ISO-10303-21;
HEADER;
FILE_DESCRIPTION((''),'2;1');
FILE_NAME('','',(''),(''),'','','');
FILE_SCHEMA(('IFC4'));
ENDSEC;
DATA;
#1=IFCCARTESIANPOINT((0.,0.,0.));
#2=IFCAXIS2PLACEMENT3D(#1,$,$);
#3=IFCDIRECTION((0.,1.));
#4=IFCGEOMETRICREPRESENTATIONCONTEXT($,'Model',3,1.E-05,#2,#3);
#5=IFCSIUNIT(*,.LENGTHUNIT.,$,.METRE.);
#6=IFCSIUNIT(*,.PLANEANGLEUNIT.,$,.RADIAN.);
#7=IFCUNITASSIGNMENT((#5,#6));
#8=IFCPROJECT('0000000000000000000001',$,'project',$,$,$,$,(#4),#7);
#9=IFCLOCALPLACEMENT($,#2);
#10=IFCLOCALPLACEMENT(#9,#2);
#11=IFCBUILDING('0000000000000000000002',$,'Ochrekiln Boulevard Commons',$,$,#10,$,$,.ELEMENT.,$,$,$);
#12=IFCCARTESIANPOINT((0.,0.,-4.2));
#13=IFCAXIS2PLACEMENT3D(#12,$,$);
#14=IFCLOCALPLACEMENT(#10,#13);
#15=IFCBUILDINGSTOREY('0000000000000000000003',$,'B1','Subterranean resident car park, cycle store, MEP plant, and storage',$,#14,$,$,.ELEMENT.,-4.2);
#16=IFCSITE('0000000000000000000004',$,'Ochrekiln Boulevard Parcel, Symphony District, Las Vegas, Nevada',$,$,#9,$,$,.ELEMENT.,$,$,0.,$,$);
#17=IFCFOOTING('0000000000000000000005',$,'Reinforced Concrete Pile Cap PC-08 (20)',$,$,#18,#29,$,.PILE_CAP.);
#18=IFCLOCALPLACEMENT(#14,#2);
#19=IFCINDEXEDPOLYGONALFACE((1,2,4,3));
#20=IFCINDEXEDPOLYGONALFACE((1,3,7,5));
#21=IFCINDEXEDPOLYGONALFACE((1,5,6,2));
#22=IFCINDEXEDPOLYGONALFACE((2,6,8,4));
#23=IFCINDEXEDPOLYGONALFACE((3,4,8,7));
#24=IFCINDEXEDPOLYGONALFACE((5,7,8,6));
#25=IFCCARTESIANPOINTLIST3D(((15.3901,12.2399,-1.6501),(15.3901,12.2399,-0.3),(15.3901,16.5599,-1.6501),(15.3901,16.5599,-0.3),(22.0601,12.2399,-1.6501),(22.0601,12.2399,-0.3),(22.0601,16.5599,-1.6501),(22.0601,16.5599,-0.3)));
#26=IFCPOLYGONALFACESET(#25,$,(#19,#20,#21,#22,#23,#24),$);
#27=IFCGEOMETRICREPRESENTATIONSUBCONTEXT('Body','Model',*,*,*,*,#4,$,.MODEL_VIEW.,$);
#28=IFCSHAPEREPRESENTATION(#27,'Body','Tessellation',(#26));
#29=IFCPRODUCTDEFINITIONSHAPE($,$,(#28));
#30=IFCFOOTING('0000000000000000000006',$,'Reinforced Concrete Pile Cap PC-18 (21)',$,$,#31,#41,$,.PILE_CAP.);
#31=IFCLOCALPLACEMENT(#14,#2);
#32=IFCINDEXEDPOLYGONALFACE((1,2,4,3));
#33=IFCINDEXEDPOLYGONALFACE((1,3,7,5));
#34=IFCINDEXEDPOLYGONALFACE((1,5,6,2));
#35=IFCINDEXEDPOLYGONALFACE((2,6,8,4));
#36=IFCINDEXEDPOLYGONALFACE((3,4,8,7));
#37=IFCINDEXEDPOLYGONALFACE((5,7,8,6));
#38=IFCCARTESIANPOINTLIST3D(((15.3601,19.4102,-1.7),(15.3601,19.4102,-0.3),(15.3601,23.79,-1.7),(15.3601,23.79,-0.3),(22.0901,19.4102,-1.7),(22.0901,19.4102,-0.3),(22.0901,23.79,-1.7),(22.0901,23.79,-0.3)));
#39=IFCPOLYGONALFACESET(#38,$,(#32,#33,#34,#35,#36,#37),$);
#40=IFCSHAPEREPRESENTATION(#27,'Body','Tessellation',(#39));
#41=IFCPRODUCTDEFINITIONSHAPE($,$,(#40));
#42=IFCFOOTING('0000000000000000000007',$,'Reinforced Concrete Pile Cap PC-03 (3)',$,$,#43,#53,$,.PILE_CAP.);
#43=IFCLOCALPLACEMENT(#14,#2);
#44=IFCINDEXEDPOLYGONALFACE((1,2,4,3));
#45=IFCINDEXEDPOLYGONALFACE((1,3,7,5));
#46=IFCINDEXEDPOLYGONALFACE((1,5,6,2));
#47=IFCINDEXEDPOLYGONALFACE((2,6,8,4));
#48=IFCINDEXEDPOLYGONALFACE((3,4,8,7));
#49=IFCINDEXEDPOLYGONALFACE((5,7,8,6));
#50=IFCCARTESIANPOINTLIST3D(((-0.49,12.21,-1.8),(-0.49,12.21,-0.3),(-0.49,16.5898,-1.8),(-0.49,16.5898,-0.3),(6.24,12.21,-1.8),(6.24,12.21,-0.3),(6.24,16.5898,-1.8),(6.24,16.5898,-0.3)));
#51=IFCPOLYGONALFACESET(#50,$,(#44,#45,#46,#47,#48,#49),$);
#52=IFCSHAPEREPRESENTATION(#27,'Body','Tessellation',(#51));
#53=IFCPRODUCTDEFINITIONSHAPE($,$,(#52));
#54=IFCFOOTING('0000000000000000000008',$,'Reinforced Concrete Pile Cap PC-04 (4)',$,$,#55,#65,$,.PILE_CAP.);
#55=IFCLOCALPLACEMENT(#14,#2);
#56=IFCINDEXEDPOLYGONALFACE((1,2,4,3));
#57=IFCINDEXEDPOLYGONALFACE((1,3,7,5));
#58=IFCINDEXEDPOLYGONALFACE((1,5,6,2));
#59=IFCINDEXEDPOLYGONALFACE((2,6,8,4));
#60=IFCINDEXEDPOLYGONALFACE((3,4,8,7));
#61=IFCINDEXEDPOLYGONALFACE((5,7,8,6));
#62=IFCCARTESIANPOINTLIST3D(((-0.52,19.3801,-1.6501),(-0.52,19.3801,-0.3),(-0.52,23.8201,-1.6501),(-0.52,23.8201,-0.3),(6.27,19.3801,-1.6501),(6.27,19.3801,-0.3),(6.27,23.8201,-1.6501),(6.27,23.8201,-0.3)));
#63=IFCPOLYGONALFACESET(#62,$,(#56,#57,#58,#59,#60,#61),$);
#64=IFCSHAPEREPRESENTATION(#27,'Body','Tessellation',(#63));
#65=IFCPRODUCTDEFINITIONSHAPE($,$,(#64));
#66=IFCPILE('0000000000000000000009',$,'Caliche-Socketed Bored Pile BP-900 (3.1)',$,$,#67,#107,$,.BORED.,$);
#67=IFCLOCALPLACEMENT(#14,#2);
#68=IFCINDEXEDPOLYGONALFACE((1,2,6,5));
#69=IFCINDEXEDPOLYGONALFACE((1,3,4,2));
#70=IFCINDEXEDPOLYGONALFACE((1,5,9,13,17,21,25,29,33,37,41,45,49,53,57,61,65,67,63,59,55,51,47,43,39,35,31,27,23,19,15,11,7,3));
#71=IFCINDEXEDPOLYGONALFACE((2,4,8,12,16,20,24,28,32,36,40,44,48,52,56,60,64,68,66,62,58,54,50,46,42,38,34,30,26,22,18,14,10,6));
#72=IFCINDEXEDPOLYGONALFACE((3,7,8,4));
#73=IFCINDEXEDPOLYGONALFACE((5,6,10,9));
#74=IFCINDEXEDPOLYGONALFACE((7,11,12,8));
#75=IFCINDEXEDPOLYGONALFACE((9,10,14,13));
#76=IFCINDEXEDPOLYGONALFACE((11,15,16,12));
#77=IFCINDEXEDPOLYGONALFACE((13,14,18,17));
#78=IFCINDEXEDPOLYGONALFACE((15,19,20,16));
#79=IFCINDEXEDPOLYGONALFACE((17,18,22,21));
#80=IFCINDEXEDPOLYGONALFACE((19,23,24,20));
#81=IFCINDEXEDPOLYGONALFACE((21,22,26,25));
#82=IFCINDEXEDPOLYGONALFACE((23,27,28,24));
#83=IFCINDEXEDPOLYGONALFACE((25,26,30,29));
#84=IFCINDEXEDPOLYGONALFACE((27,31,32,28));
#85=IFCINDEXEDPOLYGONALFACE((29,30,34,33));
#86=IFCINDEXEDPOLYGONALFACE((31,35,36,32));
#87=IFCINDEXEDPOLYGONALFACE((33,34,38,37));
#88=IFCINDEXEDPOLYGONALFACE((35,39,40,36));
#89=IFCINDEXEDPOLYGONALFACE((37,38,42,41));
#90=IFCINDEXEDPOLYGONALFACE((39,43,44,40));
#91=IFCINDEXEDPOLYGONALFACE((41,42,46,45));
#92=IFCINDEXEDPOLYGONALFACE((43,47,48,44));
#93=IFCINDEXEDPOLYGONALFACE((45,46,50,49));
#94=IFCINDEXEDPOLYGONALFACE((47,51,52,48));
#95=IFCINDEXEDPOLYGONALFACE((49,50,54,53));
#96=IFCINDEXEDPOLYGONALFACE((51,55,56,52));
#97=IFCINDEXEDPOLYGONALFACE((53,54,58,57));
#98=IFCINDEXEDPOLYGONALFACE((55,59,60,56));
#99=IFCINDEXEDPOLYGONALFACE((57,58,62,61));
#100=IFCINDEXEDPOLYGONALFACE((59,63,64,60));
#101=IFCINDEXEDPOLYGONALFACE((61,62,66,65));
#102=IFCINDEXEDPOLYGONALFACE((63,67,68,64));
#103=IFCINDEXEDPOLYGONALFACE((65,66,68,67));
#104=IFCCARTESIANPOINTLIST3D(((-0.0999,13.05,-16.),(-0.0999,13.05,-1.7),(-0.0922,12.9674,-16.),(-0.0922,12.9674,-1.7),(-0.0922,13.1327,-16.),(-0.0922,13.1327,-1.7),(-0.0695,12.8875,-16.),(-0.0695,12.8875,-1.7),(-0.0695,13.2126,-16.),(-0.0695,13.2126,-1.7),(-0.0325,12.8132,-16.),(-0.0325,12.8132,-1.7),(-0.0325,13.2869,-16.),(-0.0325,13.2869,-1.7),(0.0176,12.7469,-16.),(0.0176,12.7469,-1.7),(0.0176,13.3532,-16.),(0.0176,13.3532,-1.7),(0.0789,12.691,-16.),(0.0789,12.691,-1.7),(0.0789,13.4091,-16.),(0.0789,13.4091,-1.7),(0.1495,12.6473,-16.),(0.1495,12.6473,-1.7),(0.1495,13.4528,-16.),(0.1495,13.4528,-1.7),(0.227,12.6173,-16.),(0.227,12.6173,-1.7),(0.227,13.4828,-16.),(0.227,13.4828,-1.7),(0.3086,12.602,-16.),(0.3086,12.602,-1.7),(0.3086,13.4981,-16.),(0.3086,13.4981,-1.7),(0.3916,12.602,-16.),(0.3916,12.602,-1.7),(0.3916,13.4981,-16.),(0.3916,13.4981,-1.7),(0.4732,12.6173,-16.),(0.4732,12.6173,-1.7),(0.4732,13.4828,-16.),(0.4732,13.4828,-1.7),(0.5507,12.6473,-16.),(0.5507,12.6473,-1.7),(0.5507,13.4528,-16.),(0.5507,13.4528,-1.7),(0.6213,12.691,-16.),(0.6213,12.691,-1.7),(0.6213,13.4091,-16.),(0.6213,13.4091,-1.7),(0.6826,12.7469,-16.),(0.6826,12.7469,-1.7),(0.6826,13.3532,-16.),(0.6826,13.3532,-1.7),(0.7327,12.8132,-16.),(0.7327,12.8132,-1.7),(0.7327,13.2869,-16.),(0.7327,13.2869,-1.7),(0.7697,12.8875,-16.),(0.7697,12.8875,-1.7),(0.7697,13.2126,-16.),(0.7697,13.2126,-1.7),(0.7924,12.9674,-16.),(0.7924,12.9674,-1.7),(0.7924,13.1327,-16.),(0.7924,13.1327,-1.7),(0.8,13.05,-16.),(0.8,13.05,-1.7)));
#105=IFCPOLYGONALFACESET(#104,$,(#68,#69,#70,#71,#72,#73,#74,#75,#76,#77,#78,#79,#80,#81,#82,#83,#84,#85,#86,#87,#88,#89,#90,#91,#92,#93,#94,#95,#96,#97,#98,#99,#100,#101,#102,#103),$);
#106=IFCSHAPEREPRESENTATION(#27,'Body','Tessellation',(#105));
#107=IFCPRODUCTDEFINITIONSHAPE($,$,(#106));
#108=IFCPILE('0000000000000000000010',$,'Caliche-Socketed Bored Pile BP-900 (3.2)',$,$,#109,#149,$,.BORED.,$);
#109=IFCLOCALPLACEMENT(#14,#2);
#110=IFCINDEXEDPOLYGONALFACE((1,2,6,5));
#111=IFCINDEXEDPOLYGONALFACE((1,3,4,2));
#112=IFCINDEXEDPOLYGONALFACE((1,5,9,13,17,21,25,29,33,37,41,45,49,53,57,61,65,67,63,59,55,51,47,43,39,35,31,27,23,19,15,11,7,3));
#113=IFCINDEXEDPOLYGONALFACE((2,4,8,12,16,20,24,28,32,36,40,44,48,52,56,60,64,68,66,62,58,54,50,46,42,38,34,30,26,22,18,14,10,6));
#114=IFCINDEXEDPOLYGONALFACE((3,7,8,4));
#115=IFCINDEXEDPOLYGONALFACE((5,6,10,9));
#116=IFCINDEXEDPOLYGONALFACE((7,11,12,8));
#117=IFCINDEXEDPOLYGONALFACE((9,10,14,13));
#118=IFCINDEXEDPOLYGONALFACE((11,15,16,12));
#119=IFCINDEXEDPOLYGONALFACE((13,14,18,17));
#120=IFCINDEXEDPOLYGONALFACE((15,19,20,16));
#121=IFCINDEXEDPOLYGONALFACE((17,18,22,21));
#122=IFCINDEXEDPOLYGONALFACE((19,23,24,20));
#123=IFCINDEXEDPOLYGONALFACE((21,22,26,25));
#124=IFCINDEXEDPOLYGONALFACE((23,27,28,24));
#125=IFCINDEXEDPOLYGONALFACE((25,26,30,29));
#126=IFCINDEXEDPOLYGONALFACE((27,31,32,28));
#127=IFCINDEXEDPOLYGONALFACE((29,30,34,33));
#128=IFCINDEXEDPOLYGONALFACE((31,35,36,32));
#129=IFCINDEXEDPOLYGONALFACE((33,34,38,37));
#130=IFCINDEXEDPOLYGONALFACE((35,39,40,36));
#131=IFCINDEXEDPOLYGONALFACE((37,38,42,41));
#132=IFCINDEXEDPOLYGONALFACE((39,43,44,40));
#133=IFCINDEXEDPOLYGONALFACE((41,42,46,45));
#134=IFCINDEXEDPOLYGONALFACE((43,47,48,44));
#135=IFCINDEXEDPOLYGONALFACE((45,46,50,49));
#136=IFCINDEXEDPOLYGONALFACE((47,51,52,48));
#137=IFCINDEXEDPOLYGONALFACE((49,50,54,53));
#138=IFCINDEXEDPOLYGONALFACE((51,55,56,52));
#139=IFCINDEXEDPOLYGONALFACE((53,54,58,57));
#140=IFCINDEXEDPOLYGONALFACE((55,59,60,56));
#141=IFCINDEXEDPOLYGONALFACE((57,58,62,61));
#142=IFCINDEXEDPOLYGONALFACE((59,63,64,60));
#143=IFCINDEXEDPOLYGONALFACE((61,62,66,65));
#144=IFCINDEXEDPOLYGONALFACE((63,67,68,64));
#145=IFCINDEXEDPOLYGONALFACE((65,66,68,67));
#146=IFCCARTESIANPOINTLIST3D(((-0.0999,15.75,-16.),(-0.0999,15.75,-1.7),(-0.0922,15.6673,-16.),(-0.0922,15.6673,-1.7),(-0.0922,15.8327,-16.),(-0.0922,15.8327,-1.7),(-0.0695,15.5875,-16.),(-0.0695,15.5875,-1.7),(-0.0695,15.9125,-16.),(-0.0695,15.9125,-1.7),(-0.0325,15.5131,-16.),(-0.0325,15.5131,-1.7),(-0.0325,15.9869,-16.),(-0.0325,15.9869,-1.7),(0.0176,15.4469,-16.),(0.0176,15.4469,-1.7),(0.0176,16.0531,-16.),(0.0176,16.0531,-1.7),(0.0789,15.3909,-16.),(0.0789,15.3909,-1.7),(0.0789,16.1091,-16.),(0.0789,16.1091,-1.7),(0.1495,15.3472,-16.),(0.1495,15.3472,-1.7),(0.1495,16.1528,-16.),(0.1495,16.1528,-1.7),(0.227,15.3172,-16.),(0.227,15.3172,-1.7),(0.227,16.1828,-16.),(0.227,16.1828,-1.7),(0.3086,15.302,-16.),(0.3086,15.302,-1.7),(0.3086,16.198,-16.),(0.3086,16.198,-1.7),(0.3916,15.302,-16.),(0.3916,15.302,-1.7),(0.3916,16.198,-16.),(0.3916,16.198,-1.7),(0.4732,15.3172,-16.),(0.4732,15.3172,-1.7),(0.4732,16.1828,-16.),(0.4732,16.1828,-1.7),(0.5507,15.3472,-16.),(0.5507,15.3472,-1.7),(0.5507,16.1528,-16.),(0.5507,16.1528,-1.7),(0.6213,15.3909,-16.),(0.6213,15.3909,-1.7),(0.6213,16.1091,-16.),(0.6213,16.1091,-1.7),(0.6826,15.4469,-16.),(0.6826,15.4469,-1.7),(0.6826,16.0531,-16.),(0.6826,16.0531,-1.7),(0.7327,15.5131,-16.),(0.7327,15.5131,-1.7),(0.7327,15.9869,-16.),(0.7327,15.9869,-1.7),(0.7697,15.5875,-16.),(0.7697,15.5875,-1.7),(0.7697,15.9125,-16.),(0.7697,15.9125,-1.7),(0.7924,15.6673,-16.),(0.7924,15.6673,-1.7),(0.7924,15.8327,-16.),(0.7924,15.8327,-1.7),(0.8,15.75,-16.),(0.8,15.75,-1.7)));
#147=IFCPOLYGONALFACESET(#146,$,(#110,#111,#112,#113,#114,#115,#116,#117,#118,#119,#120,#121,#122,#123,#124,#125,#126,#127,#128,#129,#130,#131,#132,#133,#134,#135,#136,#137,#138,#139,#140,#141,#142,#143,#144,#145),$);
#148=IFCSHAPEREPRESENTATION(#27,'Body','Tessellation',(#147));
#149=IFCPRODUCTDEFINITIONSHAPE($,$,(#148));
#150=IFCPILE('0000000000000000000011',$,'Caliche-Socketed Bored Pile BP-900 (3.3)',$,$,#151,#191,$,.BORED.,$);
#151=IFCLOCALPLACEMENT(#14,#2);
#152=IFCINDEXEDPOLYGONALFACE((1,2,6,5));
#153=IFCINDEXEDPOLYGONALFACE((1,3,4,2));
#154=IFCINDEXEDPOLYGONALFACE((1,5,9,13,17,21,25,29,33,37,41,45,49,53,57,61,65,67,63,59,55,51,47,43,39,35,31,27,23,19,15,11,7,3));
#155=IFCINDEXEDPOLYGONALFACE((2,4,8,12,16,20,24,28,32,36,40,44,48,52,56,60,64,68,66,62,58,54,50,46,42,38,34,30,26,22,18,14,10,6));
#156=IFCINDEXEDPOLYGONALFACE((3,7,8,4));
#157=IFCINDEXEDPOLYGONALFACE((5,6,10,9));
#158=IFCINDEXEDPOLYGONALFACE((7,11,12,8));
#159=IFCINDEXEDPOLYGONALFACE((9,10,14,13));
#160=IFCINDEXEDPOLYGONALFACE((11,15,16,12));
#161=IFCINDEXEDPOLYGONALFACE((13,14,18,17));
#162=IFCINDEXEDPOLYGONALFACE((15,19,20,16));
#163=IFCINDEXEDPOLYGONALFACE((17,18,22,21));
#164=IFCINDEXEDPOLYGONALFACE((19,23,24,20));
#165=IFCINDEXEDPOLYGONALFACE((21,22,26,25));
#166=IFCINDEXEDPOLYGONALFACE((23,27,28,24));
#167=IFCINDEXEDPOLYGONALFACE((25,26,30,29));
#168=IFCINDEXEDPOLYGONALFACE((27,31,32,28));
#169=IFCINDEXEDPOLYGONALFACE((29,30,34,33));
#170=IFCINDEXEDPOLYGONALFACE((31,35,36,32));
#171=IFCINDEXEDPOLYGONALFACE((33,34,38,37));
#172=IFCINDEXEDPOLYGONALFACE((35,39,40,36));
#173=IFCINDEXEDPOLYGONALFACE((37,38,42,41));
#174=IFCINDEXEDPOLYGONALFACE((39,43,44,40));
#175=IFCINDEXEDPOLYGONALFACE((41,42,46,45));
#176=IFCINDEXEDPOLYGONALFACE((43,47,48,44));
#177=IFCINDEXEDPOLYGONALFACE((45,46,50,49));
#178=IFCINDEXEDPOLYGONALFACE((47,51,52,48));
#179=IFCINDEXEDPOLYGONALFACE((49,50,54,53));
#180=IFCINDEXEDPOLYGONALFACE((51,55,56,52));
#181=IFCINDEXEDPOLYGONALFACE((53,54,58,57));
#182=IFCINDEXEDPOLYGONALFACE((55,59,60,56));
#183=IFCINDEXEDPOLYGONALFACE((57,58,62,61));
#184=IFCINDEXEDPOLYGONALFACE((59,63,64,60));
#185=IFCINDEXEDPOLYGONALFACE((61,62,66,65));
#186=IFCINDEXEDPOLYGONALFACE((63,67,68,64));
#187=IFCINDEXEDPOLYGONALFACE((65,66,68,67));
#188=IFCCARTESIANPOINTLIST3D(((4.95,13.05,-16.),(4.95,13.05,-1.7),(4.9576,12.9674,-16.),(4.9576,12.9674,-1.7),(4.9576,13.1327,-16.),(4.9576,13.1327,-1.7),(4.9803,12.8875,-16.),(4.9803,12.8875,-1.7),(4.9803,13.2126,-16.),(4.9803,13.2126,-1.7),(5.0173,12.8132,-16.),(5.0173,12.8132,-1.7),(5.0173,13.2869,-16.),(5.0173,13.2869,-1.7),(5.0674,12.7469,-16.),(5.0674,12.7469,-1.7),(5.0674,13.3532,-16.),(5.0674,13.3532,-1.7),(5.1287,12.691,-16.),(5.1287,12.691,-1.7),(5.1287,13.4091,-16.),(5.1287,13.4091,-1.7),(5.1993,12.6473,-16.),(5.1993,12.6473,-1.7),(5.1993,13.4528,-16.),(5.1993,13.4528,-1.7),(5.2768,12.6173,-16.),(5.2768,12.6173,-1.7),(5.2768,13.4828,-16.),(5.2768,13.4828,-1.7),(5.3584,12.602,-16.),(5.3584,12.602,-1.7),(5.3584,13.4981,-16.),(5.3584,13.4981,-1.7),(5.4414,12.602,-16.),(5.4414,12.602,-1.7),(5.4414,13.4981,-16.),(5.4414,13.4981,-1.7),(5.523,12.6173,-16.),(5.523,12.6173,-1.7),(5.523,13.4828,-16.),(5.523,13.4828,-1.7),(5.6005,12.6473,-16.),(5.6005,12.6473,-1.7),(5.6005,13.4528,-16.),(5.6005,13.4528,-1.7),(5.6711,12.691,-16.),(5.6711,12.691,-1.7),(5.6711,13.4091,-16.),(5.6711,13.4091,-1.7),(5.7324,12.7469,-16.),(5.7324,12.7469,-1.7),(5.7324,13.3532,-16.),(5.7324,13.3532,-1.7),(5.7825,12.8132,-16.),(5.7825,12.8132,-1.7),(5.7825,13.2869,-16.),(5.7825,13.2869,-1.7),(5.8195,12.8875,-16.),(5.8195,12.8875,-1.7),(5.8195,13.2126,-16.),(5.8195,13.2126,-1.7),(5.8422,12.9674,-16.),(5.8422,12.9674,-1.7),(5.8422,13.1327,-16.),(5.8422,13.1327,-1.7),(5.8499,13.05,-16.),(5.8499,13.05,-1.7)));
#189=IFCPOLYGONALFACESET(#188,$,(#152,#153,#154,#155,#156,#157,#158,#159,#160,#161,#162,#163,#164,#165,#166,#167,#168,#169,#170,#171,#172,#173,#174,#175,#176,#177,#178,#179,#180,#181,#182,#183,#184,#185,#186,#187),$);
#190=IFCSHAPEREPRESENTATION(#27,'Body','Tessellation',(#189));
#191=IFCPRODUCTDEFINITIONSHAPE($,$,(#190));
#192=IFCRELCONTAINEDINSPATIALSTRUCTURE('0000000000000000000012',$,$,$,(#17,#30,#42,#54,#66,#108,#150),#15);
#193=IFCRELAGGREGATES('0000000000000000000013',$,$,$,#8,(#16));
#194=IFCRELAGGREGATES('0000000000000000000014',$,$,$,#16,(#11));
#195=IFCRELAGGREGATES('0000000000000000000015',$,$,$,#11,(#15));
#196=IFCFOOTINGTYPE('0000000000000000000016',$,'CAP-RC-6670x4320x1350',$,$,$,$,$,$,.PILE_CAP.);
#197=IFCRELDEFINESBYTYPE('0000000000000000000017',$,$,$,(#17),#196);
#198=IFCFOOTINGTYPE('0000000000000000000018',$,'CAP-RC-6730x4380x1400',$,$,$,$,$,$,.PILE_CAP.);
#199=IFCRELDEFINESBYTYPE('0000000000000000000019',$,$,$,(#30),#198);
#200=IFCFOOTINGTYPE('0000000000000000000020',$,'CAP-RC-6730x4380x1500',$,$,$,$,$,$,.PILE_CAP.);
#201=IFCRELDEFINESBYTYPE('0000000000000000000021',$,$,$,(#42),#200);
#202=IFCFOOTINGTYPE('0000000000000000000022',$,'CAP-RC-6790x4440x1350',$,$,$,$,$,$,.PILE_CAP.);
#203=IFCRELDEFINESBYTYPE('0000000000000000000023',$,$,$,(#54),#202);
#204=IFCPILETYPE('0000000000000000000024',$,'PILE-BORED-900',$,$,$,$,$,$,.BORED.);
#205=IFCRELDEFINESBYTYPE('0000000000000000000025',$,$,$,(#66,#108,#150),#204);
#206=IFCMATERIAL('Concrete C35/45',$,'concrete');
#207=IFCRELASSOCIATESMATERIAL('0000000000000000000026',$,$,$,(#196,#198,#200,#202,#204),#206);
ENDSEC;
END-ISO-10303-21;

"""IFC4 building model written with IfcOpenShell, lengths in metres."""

from ifc_helpers import new_model, si_unit, direction, frame, origin, origin_2d, place, context, subcontext, project, spatial, rectangle, circle, extrude, material, material_profile, profile_set, type_object, element, save


model = new_model("IFC4")

# Units and contexts
model_context = context("Model", 3, precision=1e-05, world=origin(), true_north=direction((0.0, 1.0)))
body_context = subcontext(model_context, "Body", "Model", "MODEL_VIEW")
ifc_project = project(units=[si_unit("LENGTHUNIT", "METRE"), si_unit("PLANEANGLEUNIT", "RADIAN")], contexts=[model_context])

# Site, building, storey
site_placement = place(None, origin())
site = spatial("IfcSite", under=ifc_project, at=site_placement, Name="Ochrekiln Boulevard Parcel, Symphony District, Las Vegas, Nevada", CompositionType="ELEMENT", RefElevation=0.0)
building_placement = place(site_placement, origin())
building = spatial("IfcBuilding", under=site, at=building_placement, Name="Ochrekiln Boulevard Commons", CompositionType="ELEMENT")
storey_placement = place(building_placement, frame((0.0, 0.0, -4.2)))
storey = spatial("IfcBuildingStorey", under=building, at=storey_placement, Name="B1", Description="Subterranean resident car park, cycle store, MEP plant, and storage", CompositionType="ELEMENT", Elevation=-4.2)

# Footings
ifc_material_1 = material(Name="Concrete C35/45", Category="concrete")
footing_type_1 = type_object("IfcFootingType", Name="CAP-RC-6670x4320x1350", PredefinedType="PILE_CAP", material=ifc_material_1)
footing_1_placement = place(storey_placement, frame((18.7251, 14.3999, -1.6501), z_axis=(0.0, 0.0, 1.0), x_axis=(1.0, 0.0, 0.0)))
element("IfcFooting", 1, at=footing_1_placement, inside=storey, type_object=footing_type_1, Name="Reinforced Concrete Pile Cap PC-08 (20)", PredefinedType="PILE_CAP", context=body_context, shape_type="SweptSolid", body=[
    extrude(rectangle(XDim=6.6699, YDim=4.3201, at=origin_2d()), origin(), (0.0, 0.0, 1.0), 1.3501),
])
footing_type_2 = type_object("IfcFootingType", Name="CAP-RC-6730x4380x1400", PredefinedType="PILE_CAP", material=ifc_material_1)
footing_2_placement = place(storey_placement, frame((18.7251, 21.6001, -1.7), z_axis=(0.0, 0.0, 1.0), x_axis=(1.0, 0.0, 0.0)))
element("IfcFooting", 2, at=footing_2_placement, inside=storey, type_object=footing_type_2, Name="Reinforced Concrete Pile Cap PC-18 (21)", PredefinedType="PILE_CAP", context=body_context, shape_type="SweptSolid", body=[
    extrude(rectangle(XDim=6.73, YDim=4.3799, at=origin_2d()), origin(), (0.0, 0.0, 1.0), 1.3999),
])
footing_type_3 = type_object("IfcFootingType", Name="CAP-RC-6730x4380x1500", PredefinedType="PILE_CAP", material=ifc_material_1)
footing_3_placement = place(storey_placement, frame((2.875, 14.3999, -1.8), z_axis=(0.0, 0.0, 1.0), x_axis=(1.0, 0.0, 0.0)))
element("IfcFooting", 3, at=footing_3_placement, inside=storey, type_object=footing_type_3, Name="Reinforced Concrete Pile Cap PC-03 (3)", PredefinedType="PILE_CAP", context=body_context, shape_type="SweptSolid", body=[
    extrude(rectangle(XDim=6.73, YDim=4.3799, at=origin_2d()), origin(), (0.0, 0.0, 1.0), 1.5),
])
footing_type_4 = type_object("IfcFootingType", Name="CAP-RC-6790x4440x1350", PredefinedType="PILE_CAP", material=ifc_material_1)
footing_4_placement = place(storey_placement, frame((2.875, 21.6001, -1.6501), z_axis=(0.0, 0.0, 1.0), x_axis=(1.0, 0.0, 0.0)))
element("IfcFooting", 4, at=footing_4_placement, inside=storey, type_object=footing_type_4, Name="Reinforced Concrete Pile Cap PC-04 (4)", PredefinedType="PILE_CAP", context=body_context, shape_type="SweptSolid", body=[
    extrude(rectangle(XDim=6.79, YDim=4.4399, at=origin_2d()), origin(), (0.0, 0.0, 1.0), 1.3501),
])

# Piles
ifc_material_profile_1 = material_profile(ifc_material_1, circle(Radius=0.45, at=origin_2d()), Name="PILE-D900")
ifc_profile_set_1 = profile_set([ifc_material_profile_1], Name="Concrete C35/45")
pile_type = type_object("IfcPileType", Name="PILE-BORED-900", PredefinedType="BORED", material=ifc_profile_set_1)
for number, where, z_axis, x_axis, name in (
    (5, (0.3501, 13.05, -1.7), (0.0, 0.0, -1.0), (1.0, 0.0, 0.0), "Caliche-Socketed Bored Pile BP-900 (3.1)"),
    (6, (0.3501, 15.75, -1.7), (0.0, 0.0, -1.0), (1.0, 0.0, 0.0), "Caliche-Socketed Bored Pile BP-900 (3.2)"),
    (7, (5.3999, 13.05, -1.7), (0.0, 0.0, -1.0), (1.0, 0.0, 0.0), "Caliche-Socketed Bored Pile BP-900 (3.3)"),
):
    element("IfcPile", number, at=place(storey_placement, frame(where, z_axis=z_axis, x_axis=x_axis)), inside=storey, type_object=pile_type, Name=name, PredefinedType="BORED", context=body_context, shape_type="SweptSolid", body=[
        extrude(circle(Radius=0.45, at=origin_2d()), origin(), (0.0, 0.0, 1.0), 14.3),
    ])

save(model, "model.ifc")
